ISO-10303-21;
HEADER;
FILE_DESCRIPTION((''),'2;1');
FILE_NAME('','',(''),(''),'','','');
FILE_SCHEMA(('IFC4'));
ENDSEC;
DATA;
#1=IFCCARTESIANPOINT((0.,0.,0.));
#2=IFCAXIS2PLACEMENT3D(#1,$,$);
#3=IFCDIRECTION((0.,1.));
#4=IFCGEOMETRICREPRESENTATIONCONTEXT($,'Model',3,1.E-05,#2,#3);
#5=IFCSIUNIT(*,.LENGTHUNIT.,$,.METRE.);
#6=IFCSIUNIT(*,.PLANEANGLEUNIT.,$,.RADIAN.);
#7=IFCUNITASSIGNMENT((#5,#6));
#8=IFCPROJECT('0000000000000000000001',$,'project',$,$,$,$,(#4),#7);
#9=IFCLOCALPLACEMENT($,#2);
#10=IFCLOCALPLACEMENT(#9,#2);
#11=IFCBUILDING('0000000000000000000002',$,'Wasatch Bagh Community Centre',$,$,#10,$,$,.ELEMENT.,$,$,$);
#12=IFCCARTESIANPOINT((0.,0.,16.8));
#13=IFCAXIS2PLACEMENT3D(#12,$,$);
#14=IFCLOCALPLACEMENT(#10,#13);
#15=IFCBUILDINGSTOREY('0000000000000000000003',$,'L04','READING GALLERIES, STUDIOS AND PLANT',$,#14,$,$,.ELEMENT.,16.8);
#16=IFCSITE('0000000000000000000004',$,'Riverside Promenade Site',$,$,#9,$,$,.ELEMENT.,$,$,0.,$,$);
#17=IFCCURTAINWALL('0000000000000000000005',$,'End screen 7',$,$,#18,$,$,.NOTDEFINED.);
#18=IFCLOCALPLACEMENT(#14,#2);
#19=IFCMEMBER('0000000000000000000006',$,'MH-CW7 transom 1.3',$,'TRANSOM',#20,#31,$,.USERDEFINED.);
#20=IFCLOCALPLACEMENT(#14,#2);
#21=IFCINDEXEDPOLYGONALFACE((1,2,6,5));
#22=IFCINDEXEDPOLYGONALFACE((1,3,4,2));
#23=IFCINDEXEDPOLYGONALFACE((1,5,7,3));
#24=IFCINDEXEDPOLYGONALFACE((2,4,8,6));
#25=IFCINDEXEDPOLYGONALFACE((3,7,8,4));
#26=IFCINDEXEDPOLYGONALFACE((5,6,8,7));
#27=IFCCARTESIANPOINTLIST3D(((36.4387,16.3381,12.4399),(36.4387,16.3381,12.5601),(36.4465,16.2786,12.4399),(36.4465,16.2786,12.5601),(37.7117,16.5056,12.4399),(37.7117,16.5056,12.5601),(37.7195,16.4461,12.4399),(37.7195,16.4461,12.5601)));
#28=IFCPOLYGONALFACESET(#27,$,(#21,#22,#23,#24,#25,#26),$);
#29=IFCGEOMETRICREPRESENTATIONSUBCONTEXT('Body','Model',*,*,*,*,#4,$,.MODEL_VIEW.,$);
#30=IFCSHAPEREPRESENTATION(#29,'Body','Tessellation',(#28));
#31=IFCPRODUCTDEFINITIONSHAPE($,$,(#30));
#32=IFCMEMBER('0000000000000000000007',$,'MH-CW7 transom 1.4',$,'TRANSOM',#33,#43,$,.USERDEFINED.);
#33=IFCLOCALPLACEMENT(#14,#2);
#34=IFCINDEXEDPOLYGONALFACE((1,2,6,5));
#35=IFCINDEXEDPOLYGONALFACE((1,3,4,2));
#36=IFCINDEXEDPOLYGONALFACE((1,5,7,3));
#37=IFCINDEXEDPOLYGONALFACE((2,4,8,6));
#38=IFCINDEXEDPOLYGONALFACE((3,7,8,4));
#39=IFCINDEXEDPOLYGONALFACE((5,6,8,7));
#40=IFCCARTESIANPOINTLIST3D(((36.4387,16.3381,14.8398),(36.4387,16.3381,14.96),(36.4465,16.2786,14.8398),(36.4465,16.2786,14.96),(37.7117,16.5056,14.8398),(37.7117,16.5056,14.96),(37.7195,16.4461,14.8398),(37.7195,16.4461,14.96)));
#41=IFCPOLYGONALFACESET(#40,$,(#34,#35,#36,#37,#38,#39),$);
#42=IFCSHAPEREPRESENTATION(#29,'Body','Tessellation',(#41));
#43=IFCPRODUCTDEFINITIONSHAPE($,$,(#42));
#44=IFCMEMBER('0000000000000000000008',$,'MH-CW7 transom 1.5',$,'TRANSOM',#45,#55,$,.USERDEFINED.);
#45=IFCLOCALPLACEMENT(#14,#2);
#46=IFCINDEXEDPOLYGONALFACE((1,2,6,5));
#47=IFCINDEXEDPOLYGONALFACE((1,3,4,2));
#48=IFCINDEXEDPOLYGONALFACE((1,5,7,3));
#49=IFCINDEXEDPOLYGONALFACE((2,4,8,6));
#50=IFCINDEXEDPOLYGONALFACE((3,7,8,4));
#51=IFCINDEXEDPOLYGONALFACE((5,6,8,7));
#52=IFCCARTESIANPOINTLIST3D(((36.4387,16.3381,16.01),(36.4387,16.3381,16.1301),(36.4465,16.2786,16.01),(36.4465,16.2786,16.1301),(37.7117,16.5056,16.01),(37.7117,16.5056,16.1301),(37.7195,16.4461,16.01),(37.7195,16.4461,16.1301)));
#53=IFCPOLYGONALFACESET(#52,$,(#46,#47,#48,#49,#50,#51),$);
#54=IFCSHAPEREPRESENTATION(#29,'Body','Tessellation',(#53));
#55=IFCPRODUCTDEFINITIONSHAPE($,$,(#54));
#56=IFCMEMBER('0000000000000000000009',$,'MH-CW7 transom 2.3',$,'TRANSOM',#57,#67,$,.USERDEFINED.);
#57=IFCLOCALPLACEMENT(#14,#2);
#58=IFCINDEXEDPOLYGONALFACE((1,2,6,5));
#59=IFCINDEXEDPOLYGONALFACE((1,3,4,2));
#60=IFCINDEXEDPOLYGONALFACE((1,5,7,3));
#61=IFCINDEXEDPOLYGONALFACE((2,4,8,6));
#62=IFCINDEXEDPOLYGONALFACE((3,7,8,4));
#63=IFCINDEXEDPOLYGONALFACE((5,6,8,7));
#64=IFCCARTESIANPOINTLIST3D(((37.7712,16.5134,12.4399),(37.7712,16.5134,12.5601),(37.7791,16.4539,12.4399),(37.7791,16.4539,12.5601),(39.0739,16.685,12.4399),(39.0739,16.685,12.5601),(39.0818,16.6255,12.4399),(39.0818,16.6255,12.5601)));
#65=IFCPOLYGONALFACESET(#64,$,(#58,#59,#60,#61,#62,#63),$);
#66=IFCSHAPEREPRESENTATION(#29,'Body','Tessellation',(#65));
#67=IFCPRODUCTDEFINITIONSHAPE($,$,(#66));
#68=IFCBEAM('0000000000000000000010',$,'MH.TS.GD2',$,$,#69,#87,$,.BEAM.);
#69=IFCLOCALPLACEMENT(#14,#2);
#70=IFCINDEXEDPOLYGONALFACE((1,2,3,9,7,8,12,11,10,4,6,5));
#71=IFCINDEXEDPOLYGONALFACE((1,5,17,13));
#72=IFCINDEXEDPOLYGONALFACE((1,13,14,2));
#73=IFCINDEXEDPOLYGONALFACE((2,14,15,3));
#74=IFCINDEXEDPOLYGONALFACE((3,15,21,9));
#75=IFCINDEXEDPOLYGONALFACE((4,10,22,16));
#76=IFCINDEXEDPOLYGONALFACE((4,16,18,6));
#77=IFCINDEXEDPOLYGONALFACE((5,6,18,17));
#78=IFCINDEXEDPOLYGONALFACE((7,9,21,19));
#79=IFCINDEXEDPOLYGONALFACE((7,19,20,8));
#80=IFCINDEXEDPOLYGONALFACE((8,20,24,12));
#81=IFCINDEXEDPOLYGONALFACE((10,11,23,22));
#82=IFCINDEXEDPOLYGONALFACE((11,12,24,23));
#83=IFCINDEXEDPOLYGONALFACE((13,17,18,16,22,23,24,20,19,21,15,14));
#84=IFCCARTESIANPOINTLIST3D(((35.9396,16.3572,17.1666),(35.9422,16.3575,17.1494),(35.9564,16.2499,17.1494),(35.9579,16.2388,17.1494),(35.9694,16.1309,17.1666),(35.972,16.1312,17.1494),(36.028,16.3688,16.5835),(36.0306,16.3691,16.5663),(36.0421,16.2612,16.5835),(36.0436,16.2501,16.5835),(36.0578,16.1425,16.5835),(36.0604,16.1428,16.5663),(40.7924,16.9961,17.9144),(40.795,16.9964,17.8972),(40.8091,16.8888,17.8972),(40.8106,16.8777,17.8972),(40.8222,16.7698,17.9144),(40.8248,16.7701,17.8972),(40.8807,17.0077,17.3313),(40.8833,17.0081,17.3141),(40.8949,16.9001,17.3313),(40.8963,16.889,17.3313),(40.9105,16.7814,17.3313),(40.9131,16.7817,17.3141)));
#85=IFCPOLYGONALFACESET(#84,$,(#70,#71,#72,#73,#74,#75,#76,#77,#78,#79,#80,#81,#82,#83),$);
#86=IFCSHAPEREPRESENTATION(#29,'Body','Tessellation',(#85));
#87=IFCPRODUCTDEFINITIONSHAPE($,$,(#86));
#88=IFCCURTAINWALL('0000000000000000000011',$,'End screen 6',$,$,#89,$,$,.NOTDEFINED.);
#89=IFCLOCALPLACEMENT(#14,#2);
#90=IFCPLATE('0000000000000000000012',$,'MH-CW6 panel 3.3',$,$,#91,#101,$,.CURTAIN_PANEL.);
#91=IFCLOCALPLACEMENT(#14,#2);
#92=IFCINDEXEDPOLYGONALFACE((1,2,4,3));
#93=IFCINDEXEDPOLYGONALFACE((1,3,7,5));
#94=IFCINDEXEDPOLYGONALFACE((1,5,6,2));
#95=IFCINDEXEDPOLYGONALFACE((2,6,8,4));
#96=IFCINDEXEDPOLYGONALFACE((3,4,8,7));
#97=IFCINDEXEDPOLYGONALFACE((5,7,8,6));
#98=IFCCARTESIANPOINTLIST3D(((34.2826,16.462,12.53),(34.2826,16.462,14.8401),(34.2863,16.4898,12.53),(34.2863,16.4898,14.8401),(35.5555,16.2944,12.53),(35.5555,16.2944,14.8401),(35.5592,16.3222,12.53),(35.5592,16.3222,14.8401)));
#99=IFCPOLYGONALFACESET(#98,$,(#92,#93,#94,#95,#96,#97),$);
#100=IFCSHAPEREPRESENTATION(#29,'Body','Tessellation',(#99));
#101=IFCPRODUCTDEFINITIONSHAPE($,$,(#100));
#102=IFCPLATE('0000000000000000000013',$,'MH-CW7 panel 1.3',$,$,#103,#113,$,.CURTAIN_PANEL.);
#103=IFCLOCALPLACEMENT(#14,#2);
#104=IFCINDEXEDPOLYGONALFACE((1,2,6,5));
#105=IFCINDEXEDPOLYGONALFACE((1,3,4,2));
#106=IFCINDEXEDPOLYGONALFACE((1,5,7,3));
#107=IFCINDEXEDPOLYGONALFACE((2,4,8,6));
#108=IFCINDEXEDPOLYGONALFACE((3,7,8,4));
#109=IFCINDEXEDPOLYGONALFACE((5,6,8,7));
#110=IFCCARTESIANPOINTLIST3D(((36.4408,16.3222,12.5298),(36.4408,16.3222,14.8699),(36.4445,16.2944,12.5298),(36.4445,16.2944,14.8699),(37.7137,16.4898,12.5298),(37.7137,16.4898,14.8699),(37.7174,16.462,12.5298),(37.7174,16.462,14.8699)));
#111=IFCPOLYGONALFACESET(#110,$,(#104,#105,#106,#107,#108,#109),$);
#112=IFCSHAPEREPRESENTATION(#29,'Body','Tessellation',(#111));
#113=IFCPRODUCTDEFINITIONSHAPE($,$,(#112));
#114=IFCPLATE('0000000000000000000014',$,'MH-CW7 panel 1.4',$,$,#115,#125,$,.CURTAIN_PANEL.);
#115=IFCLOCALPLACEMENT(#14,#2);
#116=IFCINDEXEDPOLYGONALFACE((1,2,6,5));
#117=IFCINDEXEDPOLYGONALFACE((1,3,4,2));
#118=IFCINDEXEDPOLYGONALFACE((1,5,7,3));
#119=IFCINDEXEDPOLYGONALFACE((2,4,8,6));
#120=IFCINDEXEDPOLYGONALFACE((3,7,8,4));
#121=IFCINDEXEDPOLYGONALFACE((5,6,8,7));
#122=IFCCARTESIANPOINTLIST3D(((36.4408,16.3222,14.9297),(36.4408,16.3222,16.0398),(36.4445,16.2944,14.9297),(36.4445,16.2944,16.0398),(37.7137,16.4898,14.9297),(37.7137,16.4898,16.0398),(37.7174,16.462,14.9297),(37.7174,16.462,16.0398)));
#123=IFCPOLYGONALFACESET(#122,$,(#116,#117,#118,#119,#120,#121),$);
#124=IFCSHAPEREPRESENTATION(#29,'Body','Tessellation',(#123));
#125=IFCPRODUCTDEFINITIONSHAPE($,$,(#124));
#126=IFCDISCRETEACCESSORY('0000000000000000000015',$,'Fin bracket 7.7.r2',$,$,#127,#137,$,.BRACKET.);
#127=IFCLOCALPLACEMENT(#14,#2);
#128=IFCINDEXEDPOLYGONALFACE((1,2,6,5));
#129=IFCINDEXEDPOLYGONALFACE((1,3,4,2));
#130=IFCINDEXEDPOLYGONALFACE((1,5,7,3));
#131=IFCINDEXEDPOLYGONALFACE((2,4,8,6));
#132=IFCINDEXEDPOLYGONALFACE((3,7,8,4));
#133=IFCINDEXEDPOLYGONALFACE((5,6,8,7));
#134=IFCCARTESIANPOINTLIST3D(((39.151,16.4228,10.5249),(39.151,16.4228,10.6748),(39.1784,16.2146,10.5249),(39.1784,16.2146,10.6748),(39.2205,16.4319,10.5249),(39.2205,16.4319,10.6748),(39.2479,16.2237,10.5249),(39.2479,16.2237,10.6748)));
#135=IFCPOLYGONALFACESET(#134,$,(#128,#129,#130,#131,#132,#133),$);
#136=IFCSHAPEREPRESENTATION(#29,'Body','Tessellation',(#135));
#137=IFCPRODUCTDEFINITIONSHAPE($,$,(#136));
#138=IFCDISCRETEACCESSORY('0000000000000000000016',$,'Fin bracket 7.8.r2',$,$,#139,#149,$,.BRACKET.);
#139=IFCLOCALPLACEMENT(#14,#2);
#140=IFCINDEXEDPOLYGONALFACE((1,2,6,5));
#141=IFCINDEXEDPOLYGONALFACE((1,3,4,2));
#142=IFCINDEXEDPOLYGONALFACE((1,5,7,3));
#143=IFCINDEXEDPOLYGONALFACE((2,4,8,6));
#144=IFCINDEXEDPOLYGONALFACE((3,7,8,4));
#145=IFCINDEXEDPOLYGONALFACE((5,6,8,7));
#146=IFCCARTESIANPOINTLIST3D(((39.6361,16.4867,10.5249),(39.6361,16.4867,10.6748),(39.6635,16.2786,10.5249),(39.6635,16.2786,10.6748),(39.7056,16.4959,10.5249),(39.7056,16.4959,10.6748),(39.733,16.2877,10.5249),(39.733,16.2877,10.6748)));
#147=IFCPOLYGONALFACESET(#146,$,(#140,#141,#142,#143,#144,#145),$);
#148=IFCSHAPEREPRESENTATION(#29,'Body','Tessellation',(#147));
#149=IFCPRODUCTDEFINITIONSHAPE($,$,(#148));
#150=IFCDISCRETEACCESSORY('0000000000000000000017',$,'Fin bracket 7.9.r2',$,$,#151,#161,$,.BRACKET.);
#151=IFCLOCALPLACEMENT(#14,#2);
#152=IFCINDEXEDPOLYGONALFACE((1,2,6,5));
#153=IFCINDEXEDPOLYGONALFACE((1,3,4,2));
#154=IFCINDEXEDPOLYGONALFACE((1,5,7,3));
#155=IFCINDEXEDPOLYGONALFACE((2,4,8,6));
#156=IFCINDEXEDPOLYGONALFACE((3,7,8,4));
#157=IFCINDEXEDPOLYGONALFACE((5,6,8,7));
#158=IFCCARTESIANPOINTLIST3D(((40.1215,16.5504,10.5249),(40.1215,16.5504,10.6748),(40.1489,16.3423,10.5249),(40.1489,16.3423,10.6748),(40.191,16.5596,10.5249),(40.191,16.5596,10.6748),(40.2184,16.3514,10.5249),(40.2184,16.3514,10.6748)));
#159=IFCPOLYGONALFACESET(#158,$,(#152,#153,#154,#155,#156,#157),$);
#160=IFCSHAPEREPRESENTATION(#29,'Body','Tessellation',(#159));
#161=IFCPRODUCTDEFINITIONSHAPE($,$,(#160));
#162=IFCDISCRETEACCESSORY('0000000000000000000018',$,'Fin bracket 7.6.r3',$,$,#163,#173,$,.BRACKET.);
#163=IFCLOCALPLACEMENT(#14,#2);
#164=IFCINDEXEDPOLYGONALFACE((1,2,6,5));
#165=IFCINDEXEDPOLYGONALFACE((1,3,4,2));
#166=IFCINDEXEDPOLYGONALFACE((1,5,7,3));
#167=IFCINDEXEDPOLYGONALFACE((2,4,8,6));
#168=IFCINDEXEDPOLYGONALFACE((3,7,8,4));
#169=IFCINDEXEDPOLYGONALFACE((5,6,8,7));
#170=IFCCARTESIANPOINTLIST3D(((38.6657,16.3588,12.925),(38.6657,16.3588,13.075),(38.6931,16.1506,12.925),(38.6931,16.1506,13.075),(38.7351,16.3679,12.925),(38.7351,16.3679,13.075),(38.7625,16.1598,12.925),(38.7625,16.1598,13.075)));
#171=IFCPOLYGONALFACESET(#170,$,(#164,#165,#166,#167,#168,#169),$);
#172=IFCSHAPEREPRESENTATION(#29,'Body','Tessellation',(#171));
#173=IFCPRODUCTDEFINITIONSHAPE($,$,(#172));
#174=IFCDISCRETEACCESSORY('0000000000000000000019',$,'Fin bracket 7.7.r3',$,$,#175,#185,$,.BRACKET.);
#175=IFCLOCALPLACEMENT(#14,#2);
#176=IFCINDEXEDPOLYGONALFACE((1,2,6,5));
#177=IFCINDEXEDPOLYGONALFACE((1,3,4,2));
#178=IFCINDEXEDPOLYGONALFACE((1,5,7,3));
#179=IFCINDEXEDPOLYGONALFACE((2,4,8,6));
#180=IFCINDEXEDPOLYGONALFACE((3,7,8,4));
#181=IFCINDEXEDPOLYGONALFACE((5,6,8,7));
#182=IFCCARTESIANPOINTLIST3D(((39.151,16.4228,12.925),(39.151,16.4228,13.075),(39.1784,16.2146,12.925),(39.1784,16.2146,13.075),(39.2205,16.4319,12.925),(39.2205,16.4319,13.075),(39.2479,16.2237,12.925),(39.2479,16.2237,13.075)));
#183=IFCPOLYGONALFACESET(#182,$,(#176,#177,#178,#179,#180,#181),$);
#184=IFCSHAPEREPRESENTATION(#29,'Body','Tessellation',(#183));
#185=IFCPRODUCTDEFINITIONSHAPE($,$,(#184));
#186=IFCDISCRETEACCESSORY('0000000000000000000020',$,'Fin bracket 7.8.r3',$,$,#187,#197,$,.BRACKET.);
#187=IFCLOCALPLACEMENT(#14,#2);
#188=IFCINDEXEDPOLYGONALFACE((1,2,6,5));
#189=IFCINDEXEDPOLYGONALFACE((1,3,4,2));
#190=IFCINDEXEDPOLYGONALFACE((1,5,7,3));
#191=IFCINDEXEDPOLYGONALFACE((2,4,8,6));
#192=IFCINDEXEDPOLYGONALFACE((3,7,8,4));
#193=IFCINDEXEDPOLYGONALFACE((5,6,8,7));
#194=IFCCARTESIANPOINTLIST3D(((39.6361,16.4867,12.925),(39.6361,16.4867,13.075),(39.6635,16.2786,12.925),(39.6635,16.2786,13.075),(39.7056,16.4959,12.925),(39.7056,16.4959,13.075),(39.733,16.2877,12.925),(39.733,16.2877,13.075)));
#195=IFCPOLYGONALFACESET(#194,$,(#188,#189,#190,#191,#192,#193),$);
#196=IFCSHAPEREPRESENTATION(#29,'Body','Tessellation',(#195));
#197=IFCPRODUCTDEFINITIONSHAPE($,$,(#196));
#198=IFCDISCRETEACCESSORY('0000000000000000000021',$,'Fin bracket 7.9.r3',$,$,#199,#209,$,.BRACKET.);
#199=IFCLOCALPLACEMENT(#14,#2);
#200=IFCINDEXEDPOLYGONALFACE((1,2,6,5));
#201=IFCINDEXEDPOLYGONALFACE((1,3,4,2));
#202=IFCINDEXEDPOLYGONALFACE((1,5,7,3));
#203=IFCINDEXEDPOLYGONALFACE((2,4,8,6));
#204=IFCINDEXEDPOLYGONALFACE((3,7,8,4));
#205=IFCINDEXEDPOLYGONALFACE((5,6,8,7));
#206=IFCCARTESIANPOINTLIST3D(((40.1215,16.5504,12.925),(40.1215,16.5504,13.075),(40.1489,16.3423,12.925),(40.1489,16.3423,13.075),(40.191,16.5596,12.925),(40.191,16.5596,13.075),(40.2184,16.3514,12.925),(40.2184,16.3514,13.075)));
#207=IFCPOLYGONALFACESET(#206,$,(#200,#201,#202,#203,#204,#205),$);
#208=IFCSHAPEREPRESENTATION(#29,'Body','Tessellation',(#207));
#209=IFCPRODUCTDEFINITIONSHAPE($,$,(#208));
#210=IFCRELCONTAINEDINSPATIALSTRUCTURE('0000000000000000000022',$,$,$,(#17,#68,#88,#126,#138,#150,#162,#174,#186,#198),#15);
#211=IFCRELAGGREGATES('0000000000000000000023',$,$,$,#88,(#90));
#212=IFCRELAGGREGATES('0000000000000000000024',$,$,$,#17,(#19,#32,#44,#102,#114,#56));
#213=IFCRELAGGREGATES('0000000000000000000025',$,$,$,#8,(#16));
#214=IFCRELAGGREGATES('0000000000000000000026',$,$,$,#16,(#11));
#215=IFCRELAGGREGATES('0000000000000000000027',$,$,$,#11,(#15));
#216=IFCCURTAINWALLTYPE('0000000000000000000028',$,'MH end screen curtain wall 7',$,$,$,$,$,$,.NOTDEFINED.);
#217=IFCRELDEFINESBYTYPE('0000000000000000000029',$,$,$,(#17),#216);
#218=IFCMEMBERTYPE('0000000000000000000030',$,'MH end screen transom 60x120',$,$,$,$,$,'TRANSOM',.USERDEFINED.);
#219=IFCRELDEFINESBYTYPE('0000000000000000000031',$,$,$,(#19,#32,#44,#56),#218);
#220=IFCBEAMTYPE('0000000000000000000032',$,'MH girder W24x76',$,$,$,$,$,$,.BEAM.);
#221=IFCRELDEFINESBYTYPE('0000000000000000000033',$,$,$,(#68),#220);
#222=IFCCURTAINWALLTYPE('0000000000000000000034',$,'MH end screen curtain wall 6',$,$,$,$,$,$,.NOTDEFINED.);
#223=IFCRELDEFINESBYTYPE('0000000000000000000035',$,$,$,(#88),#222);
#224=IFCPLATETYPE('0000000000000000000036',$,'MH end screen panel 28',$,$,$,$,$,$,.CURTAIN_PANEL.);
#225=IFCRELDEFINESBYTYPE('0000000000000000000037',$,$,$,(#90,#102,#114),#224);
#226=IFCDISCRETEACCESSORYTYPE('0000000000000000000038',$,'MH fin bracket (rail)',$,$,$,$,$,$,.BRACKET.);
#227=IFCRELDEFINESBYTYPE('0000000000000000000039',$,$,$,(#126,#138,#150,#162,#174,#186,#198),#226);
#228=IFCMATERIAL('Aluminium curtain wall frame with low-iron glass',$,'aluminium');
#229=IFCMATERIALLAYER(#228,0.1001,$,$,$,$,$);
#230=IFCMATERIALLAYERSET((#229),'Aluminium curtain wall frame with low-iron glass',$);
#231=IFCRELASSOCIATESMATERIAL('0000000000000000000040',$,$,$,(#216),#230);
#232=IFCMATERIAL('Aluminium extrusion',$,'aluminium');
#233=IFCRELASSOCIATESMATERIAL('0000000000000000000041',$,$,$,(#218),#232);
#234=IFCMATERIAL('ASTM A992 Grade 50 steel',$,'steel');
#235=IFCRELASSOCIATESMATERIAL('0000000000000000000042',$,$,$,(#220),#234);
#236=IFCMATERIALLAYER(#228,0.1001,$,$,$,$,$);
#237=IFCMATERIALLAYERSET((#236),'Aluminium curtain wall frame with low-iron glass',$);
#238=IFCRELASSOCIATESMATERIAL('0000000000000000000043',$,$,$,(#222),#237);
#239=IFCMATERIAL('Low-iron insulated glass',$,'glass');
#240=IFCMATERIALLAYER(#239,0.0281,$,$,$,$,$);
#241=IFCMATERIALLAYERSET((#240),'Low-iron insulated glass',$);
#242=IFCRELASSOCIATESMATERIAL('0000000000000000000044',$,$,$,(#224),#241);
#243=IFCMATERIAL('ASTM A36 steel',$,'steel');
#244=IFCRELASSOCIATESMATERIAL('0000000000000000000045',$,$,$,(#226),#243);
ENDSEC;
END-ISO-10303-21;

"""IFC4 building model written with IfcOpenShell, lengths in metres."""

from ifc_helpers import new_model, si_unit, direction, frame, origin, origin_2d, place, context, subcontext, project, spatial, rectangle, i_section, extrude, material, layer, layer_set, material_profile, profile_set, type_object, element, aggregate, save


model = new_model("IFC4")

# Units and contexts
model_context = context("Model", 3, precision=1e-05, world=origin(), true_north=direction((0.0, 1.0)))
body_context = subcontext(model_context, "Body", "Model", "MODEL_VIEW")
ifc_project = project(units=[si_unit("LENGTHUNIT", "METRE"), si_unit("PLANEANGLEUNIT", "RADIAN")], contexts=[model_context])

# Site, building, storey
site_placement = place(None, origin())
site = spatial("IfcSite", under=ifc_project, at=site_placement, Name="Riverside Promenade Site", CompositionType="ELEMENT", RefElevation=0.0)
building_placement = place(site_placement, origin())
building = spatial("IfcBuilding", under=site, at=building_placement, Name="Wasatch Bagh Community Centre", CompositionType="ELEMENT")
storey_placement = place(building_placement, frame((0.0, 0.0, 16.8)))
storey = spatial("IfcBuildingStorey", under=building, at=storey_placement, Name="L04", Description="READING GALLERIES, STUDIOS AND PLANT", CompositionType="ELEMENT", Elevation=16.8)

# Curtain wall, members
ifc_material_1 = material(Name="Aluminium curtain wall frame with low-iron glass", Category="aluminium")
ifc_layer_1 = layer(ifc_material_1, 0.1001)
ifc_layer_set_1 = layer_set([ifc_layer_1], Name="Aluminium curtain wall frame with low-iron glass")
curtain_wall_type_1 = type_object("IfcCurtainWallType", Name="MH end screen curtain wall 7", PredefinedType="NOTDEFINED", material=ifc_layer_set_1)
curtain_wall_1_placement = place(storey_placement, origin())
curtain_wall_1 = element("IfcCurtainWall", 1, at=curtain_wall_1_placement, inside=storey, type_object=curtain_wall_type_1, Name="End screen 7", PredefinedType="NOTDEFINED")
ifc_material_2 = material(Name="Aluminium extrusion", Category="aluminium")
ifc_material_profile_1 = material_profile(ifc_material_2, rectangle(XDim=0.0601, YDim=0.1201, at=origin_2d()), Name="AL 60x120")
ifc_profile_set_1 = profile_set([ifc_material_profile_1], Name="Aluminium extrusion")
member_type = type_object("IfcMemberType", Name="MH end screen transom 60x120", ElementType="TRANSOM", PredefinedType="USERDEFINED", material=ifc_profile_set_1)
member_1_placement = place(storey_placement, frame((36.4426, 16.3083, 12.5), z_axis=(0.991456, 0.130445, 0.0), x_axis=(-0.130445, 0.991456, 0.0)))
member_1 = element("IfcMember", 2, at=member_1_placement, type_object=member_type, Name="MH-CW7 transom 1.3", ObjectType="TRANSOM", PredefinedType="USERDEFINED", context=body_context, shape_type="SweptSolid", body=[
    extrude(rectangle(XDim=0.0601, YDim=0.1201, at=origin_2d()), origin(), (0.0, 0.0, 1.0), 1.2839),
])
member_2_placement = place(storey_placement, frame((36.4426, 16.3083, 14.8999), z_axis=(0.991456, 0.130445, 0.0), x_axis=(-0.130445, 0.991456, 0.0)))
member_2 = element("IfcMember", 3, at=member_2_placement, type_object=member_type, Name="MH-CW7 transom 1.4", ObjectType="TRANSOM", PredefinedType="USERDEFINED", context=body_context, shape_type="SweptSolid", body=[
    extrude(rectangle(XDim=0.0601, YDim=0.1201, at=origin_2d()), origin(), (0.0, 0.0, 1.0), 1.2839),
])
member_3_placement = place(storey_placement, frame((36.4426, 16.3083, 16.0701), z_axis=(0.991456, 0.130445, 0.0), x_axis=(-0.130445, 0.991456, 0.0)))
member_3 = element("IfcMember", 4, at=member_3_placement, type_object=member_type, Name="MH-CW7 transom 1.5", ObjectType="TRANSOM", PredefinedType="USERDEFINED", context=body_context, shape_type="SweptSolid", body=[
    extrude(rectangle(XDim=0.0601, YDim=0.1201, at=origin_2d()), origin(), (0.0, 0.0, 1.0), 1.2839),
])
member_4_placement = place(storey_placement, frame((37.7751, 16.4836, 12.5), z_axis=(0.991433, 0.130618, 0.0), x_axis=(-0.130618, 0.991433, 0.0)))
member_4 = element("IfcMember", 5, at=member_4_placement, type_object=member_type, Name="MH-CW7 transom 2.3", ObjectType="TRANSOM", PredefinedType="USERDEFINED", context=body_context, shape_type="SweptSolid", body=[
    extrude(rectangle(XDim=0.0601, YDim=0.1201, at=origin_2d()), origin(), (0.0, 0.0, 1.0), 1.314),
])

# Beam
ifc_material_3 = material(Name="ASTM A992 Grade 50 steel", Category="steel")
ifc_material_profile_2 = material_profile(ifc_material_3, i_section(OverallWidth=0.2283, OverallDepth=0.6072, WebThickness=0.0112, FlangeThickness=0.0173, at=origin_2d()), Name="W24x76")
ifc_profile_set_2 = profile_set([ifc_material_profile_2], Name="ASTM A992 Grade 50 steel")
beam_type = type_object("IfcBeamType", Name="MH girder W24x76", PredefinedType="BEAM", material=ifc_profile_set_2)
beam_placement = place(storey_placement, frame((36.0, 16.25, 16.8665), z_axis=(0.980072, 0.129036, 0.151027), x_axis=(-0.130533, 0.991444, 0.0)))
element("IfcBeam", 6, at=beam_placement, inside=storey, type_object=beam_type, Name="MH.TS.GD2", PredefinedType="BEAM", context=body_context, shape_type="SweptSolid", body=[
    extrude(i_section(OverallWidth=0.2283, OverallDepth=0.6072, WebThickness=0.0112, FlangeThickness=0.0173, at=origin_2d()), origin(), (0.0, 0.0, 1.0), 4.9514),
])

# Curtain wall, plate
ifc_layer_2 = layer(ifc_material_1, 0.1001)
ifc_layer_set_2 = layer_set([ifc_layer_2], Name="Aluminium curtain wall frame with low-iron glass")
curtain_wall_type_2 = type_object("IfcCurtainWallType", Name="MH end screen curtain wall 6", PredefinedType="NOTDEFINED", material=ifc_layer_set_2)
curtain_wall_2_placement = place(storey_placement, origin())
curtain_wall_2 = element("IfcCurtainWall", 7, at=curtain_wall_2_placement, inside=storey, type_object=curtain_wall_type_2, Name="End screen 6", PredefinedType="NOTDEFINED")
ifc_material_4 = material(Name="Low-iron insulated glass", Category="glass")
ifc_layer_3 = layer(ifc_material_4, 0.0281)
ifc_layer_set_3 = layer_set([ifc_layer_3], Name="Low-iron insulated glass")
plate_type = type_object("IfcPlateType", Name="MH end screen panel 28", PredefinedType="CURTAIN_PANEL", material=ifc_layer_set_3)
plate_1_placement = place(storey_placement, frame((34.9209, 16.3921, 12.53), z_axis=(0.0, 0.0, 1.0), x_axis=(0.991445, -0.130526, 0.0)))
plate_1 = element("IfcPlate", 8, at=plate_1_placement, type_object=plate_type, Name="MH-CW6 panel 3.3", PredefinedType="CURTAIN_PANEL", context=body_context, shape_type="SweptSolid", body=[
    extrude(rectangle(XDim=1.2839, YDim=0.0281, at=origin_2d()), origin(), (0.0, 0.0, 1.0), 2.3101),
])
aggregate(curtain_wall_2, [plate_1])

# Plates
plate_2_placement = place(storey_placement, frame((37.0791, 16.3921, 12.5298), z_axis=(0.0, 0.0, 1.0), x_axis=(0.991445, 0.130526, 0.0)))
plate_2 = element("IfcPlate", 9, at=plate_2_placement, type_object=plate_type, Name="MH-CW7 panel 1.3", PredefinedType="CURTAIN_PANEL", context=body_context, shape_type="SweptSolid", body=[
    extrude(rectangle(XDim=1.2839, YDim=0.0281, at=origin_2d()), origin(), (0.0, 0.0, 1.0), 2.3401),
])
plate_3_placement = place(storey_placement, frame((37.0791, 16.3921, 14.9297), z_axis=(0.0, 0.0, 1.0), x_axis=(0.991445, 0.130526, 0.0)))
plate_3 = element("IfcPlate", 10, at=plate_3_placement, type_object=plate_type, Name="MH-CW7 panel 1.4", PredefinedType="CURTAIN_PANEL", context=body_context, shape_type="SweptSolid", body=[
    extrude(rectangle(XDim=1.2839, YDim=0.0281, at=origin_2d()), origin(), (0.0, 0.0, 1.0), 1.1101),
])
aggregate(curtain_wall_1, [member_1, member_2, member_3, plate_2, plate_3, member_4])

# Discrete accessories
ifc_material_5 = material(Name="ASTM A36 steel", Category="steel")
discrete_accessory_type_1 = type_object("IfcDiscreteAccessoryType", Name="MH fin bracket (rail)", PredefinedType="BRACKET", material=ifc_material_5)
for number, where, z_axis, x_axis, name in (
    (11, (39.1995, 16.3232, 10.5249), (0.0, 0.0, 1.0), (0.991445, 0.130526, 0.0), "Fin bracket 7.7.r2"),
    (12, (39.6846, 16.3872, 10.5249), (0.0, 0.0, 1.0), (0.991445, 0.130526, 0.0), "Fin bracket 7.8.r2"),
    (13, (40.1699, 16.4509, 10.5249), (0.0, 0.0, 1.0), (0.991445, 0.130526, 0.0), "Fin bracket 7.9.r2"),
    (14, (38.7141, 16.2593, 12.925), (0.0, 0.0, 1.0), (0.991445, 0.130526, 0.0), "Fin bracket 7.6.r3"),
    (15, (39.1995, 16.3232, 12.925), (0.0, 0.0, 1.0), (0.991445, 0.130526, 0.0), "Fin bracket 7.7.r3"),
    (16, (39.6846, 16.3872, 12.925), (0.0, 0.0, 1.0), (0.991445, 0.130526, 0.0), "Fin bracket 7.8.r3"),
    (17, (40.1699, 16.4509, 12.925), (0.0, 0.0, 1.0), (0.991445, 0.130526, 0.0), "Fin bracket 7.9.r3"),
):
    element("IfcDiscreteAccessory", number, at=place(storey_placement, frame(where, z_axis=z_axis, x_axis=x_axis)), inside=storey, type_object=discrete_accessory_type_1, Name=name, PredefinedType="BRACKET", context=body_context, shape_type="SweptSolid", body=[
        extrude(rectangle(XDim=0.0701, YDim=0.21, at=origin_2d()), origin(), (0.0, 0.0, 1.0), 0.1499),
    ])

save(model, "model.ifc")
